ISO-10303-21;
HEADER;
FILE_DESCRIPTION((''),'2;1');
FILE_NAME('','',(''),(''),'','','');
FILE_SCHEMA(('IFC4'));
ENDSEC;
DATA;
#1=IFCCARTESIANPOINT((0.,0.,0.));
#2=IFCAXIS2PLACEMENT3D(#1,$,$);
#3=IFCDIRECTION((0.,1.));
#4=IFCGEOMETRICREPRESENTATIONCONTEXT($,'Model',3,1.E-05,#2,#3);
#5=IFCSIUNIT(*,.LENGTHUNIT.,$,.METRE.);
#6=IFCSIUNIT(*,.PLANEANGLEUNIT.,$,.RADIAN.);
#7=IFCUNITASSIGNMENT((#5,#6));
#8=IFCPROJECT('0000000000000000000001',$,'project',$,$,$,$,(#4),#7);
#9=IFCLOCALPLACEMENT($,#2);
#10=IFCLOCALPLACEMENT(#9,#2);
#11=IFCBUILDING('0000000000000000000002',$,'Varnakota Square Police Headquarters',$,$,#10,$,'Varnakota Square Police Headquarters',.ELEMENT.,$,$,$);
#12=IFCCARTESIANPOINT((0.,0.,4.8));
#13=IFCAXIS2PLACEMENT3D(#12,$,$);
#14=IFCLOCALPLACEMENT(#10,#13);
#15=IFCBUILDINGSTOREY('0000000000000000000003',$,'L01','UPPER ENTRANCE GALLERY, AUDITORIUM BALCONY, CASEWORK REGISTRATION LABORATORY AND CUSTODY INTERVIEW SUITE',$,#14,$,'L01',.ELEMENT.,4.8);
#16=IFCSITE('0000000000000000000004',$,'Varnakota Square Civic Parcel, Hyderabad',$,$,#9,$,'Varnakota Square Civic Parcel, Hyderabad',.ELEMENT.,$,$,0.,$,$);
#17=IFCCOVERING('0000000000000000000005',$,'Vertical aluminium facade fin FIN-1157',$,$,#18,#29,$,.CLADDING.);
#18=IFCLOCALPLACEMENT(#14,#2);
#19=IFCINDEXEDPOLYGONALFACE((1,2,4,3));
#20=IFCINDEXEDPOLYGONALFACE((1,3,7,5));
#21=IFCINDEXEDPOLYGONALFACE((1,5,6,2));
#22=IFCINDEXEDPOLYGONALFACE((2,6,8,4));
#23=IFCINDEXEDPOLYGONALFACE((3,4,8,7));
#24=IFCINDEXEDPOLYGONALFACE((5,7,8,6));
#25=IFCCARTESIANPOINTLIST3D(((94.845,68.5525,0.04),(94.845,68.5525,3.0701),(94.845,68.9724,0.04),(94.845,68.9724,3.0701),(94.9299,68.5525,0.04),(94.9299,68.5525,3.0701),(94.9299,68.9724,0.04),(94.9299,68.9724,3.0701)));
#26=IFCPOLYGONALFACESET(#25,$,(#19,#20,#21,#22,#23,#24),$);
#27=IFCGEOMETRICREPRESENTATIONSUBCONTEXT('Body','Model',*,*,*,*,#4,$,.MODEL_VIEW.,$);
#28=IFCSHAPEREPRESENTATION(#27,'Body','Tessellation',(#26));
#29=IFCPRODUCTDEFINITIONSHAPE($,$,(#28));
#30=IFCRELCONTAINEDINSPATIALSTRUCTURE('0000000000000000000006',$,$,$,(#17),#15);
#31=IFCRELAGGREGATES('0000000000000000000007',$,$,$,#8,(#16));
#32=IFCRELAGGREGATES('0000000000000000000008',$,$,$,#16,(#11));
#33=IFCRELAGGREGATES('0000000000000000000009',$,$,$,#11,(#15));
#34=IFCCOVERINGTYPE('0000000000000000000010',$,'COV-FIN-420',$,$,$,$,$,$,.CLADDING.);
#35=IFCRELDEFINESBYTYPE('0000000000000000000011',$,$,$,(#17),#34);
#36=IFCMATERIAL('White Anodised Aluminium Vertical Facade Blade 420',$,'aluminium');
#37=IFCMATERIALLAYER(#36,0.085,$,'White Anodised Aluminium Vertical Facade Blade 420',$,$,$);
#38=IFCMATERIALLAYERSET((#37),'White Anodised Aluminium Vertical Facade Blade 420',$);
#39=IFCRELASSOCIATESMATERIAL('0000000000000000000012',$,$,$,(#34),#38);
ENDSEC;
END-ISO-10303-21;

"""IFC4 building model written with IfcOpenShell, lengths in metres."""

from ifc_helpers import new_model, si_unit, direction, frame, origin, origin_2d, place, context, subcontext, project, spatial, rectangle, extrude, material, layer, layer_set, type_object, element, save


model = new_model("IFC4")

# Units and contexts
model_context = context("Model", 3, precision=1e-05, world=origin(), true_north=direction((0.0, 1.0)))
body_context = subcontext(model_context, "Body", "Model", "MODEL_VIEW")
ifc_project = project(units=[si_unit("LENGTHUNIT", "METRE"), si_unit("PLANEANGLEUNIT", "RADIAN")], contexts=[model_context])

# Site, building, storey
site_placement = place(None, origin())
site = spatial("IfcSite", under=ifc_project, at=site_placement, Name="Varnakota Square Civic Parcel, Hyderabad", LongName="Varnakota Square Civic Parcel, Hyderabad", CompositionType="ELEMENT", RefElevation=0.0)
building_placement = place(site_placement, origin())
building = spatial("IfcBuilding", under=site, at=building_placement, Name="Varnakota Square Police Headquarters", LongName="Varnakota Square Police Headquarters", CompositionType="ELEMENT")
storey_placement = place(building_placement, frame((0.0, 0.0, 4.8)))
storey = spatial("IfcBuildingStorey", under=building, at=storey_placement, Name="L01", Description="UPPER ENTRANCE GALLERY, AUDITORIUM BALCONY, CASEWORK REGISTRATION LABORATORY AND CUSTODY INTERVIEW SUITE", LongName="L01", CompositionType="ELEMENT", Elevation=4.8)

# Covering
ifc_material_1 = material(Name="White Anodised Aluminium Vertical Facade Blade 420", Category="aluminium")
ifc_layer_1 = layer(ifc_material_1, 0.085, Name="White Anodised Aluminium Vertical Facade Blade 420")
ifc_layer_set_1 = layer_set([ifc_layer_1], Name="White Anodised Aluminium Vertical Facade Blade 420")
covering_type = type_object("IfcCoveringType", Name="COV-FIN-420", PredefinedType="CLADDING", material=ifc_layer_set_1)
covering_placement = place(storey_placement, frame((94.8875, 68.7625, 0.04), z_axis=(0.0, 0.0, 1.0), x_axis=(1.0, 0.0, 0.0)))
element("IfcCovering", 1, at=covering_placement, inside=storey, type_object=covering_type, Name="Vertical aluminium facade fin FIN-1157", PredefinedType="CLADDING", context=body_context, shape_type="SweptSolid", body=[
    extrude(rectangle(XDim=0.085, YDim=0.4199, at=origin_2d()), origin(), (0.0, 0.0, 1.0), 3.03),
])

save(model, "model.ifc")
